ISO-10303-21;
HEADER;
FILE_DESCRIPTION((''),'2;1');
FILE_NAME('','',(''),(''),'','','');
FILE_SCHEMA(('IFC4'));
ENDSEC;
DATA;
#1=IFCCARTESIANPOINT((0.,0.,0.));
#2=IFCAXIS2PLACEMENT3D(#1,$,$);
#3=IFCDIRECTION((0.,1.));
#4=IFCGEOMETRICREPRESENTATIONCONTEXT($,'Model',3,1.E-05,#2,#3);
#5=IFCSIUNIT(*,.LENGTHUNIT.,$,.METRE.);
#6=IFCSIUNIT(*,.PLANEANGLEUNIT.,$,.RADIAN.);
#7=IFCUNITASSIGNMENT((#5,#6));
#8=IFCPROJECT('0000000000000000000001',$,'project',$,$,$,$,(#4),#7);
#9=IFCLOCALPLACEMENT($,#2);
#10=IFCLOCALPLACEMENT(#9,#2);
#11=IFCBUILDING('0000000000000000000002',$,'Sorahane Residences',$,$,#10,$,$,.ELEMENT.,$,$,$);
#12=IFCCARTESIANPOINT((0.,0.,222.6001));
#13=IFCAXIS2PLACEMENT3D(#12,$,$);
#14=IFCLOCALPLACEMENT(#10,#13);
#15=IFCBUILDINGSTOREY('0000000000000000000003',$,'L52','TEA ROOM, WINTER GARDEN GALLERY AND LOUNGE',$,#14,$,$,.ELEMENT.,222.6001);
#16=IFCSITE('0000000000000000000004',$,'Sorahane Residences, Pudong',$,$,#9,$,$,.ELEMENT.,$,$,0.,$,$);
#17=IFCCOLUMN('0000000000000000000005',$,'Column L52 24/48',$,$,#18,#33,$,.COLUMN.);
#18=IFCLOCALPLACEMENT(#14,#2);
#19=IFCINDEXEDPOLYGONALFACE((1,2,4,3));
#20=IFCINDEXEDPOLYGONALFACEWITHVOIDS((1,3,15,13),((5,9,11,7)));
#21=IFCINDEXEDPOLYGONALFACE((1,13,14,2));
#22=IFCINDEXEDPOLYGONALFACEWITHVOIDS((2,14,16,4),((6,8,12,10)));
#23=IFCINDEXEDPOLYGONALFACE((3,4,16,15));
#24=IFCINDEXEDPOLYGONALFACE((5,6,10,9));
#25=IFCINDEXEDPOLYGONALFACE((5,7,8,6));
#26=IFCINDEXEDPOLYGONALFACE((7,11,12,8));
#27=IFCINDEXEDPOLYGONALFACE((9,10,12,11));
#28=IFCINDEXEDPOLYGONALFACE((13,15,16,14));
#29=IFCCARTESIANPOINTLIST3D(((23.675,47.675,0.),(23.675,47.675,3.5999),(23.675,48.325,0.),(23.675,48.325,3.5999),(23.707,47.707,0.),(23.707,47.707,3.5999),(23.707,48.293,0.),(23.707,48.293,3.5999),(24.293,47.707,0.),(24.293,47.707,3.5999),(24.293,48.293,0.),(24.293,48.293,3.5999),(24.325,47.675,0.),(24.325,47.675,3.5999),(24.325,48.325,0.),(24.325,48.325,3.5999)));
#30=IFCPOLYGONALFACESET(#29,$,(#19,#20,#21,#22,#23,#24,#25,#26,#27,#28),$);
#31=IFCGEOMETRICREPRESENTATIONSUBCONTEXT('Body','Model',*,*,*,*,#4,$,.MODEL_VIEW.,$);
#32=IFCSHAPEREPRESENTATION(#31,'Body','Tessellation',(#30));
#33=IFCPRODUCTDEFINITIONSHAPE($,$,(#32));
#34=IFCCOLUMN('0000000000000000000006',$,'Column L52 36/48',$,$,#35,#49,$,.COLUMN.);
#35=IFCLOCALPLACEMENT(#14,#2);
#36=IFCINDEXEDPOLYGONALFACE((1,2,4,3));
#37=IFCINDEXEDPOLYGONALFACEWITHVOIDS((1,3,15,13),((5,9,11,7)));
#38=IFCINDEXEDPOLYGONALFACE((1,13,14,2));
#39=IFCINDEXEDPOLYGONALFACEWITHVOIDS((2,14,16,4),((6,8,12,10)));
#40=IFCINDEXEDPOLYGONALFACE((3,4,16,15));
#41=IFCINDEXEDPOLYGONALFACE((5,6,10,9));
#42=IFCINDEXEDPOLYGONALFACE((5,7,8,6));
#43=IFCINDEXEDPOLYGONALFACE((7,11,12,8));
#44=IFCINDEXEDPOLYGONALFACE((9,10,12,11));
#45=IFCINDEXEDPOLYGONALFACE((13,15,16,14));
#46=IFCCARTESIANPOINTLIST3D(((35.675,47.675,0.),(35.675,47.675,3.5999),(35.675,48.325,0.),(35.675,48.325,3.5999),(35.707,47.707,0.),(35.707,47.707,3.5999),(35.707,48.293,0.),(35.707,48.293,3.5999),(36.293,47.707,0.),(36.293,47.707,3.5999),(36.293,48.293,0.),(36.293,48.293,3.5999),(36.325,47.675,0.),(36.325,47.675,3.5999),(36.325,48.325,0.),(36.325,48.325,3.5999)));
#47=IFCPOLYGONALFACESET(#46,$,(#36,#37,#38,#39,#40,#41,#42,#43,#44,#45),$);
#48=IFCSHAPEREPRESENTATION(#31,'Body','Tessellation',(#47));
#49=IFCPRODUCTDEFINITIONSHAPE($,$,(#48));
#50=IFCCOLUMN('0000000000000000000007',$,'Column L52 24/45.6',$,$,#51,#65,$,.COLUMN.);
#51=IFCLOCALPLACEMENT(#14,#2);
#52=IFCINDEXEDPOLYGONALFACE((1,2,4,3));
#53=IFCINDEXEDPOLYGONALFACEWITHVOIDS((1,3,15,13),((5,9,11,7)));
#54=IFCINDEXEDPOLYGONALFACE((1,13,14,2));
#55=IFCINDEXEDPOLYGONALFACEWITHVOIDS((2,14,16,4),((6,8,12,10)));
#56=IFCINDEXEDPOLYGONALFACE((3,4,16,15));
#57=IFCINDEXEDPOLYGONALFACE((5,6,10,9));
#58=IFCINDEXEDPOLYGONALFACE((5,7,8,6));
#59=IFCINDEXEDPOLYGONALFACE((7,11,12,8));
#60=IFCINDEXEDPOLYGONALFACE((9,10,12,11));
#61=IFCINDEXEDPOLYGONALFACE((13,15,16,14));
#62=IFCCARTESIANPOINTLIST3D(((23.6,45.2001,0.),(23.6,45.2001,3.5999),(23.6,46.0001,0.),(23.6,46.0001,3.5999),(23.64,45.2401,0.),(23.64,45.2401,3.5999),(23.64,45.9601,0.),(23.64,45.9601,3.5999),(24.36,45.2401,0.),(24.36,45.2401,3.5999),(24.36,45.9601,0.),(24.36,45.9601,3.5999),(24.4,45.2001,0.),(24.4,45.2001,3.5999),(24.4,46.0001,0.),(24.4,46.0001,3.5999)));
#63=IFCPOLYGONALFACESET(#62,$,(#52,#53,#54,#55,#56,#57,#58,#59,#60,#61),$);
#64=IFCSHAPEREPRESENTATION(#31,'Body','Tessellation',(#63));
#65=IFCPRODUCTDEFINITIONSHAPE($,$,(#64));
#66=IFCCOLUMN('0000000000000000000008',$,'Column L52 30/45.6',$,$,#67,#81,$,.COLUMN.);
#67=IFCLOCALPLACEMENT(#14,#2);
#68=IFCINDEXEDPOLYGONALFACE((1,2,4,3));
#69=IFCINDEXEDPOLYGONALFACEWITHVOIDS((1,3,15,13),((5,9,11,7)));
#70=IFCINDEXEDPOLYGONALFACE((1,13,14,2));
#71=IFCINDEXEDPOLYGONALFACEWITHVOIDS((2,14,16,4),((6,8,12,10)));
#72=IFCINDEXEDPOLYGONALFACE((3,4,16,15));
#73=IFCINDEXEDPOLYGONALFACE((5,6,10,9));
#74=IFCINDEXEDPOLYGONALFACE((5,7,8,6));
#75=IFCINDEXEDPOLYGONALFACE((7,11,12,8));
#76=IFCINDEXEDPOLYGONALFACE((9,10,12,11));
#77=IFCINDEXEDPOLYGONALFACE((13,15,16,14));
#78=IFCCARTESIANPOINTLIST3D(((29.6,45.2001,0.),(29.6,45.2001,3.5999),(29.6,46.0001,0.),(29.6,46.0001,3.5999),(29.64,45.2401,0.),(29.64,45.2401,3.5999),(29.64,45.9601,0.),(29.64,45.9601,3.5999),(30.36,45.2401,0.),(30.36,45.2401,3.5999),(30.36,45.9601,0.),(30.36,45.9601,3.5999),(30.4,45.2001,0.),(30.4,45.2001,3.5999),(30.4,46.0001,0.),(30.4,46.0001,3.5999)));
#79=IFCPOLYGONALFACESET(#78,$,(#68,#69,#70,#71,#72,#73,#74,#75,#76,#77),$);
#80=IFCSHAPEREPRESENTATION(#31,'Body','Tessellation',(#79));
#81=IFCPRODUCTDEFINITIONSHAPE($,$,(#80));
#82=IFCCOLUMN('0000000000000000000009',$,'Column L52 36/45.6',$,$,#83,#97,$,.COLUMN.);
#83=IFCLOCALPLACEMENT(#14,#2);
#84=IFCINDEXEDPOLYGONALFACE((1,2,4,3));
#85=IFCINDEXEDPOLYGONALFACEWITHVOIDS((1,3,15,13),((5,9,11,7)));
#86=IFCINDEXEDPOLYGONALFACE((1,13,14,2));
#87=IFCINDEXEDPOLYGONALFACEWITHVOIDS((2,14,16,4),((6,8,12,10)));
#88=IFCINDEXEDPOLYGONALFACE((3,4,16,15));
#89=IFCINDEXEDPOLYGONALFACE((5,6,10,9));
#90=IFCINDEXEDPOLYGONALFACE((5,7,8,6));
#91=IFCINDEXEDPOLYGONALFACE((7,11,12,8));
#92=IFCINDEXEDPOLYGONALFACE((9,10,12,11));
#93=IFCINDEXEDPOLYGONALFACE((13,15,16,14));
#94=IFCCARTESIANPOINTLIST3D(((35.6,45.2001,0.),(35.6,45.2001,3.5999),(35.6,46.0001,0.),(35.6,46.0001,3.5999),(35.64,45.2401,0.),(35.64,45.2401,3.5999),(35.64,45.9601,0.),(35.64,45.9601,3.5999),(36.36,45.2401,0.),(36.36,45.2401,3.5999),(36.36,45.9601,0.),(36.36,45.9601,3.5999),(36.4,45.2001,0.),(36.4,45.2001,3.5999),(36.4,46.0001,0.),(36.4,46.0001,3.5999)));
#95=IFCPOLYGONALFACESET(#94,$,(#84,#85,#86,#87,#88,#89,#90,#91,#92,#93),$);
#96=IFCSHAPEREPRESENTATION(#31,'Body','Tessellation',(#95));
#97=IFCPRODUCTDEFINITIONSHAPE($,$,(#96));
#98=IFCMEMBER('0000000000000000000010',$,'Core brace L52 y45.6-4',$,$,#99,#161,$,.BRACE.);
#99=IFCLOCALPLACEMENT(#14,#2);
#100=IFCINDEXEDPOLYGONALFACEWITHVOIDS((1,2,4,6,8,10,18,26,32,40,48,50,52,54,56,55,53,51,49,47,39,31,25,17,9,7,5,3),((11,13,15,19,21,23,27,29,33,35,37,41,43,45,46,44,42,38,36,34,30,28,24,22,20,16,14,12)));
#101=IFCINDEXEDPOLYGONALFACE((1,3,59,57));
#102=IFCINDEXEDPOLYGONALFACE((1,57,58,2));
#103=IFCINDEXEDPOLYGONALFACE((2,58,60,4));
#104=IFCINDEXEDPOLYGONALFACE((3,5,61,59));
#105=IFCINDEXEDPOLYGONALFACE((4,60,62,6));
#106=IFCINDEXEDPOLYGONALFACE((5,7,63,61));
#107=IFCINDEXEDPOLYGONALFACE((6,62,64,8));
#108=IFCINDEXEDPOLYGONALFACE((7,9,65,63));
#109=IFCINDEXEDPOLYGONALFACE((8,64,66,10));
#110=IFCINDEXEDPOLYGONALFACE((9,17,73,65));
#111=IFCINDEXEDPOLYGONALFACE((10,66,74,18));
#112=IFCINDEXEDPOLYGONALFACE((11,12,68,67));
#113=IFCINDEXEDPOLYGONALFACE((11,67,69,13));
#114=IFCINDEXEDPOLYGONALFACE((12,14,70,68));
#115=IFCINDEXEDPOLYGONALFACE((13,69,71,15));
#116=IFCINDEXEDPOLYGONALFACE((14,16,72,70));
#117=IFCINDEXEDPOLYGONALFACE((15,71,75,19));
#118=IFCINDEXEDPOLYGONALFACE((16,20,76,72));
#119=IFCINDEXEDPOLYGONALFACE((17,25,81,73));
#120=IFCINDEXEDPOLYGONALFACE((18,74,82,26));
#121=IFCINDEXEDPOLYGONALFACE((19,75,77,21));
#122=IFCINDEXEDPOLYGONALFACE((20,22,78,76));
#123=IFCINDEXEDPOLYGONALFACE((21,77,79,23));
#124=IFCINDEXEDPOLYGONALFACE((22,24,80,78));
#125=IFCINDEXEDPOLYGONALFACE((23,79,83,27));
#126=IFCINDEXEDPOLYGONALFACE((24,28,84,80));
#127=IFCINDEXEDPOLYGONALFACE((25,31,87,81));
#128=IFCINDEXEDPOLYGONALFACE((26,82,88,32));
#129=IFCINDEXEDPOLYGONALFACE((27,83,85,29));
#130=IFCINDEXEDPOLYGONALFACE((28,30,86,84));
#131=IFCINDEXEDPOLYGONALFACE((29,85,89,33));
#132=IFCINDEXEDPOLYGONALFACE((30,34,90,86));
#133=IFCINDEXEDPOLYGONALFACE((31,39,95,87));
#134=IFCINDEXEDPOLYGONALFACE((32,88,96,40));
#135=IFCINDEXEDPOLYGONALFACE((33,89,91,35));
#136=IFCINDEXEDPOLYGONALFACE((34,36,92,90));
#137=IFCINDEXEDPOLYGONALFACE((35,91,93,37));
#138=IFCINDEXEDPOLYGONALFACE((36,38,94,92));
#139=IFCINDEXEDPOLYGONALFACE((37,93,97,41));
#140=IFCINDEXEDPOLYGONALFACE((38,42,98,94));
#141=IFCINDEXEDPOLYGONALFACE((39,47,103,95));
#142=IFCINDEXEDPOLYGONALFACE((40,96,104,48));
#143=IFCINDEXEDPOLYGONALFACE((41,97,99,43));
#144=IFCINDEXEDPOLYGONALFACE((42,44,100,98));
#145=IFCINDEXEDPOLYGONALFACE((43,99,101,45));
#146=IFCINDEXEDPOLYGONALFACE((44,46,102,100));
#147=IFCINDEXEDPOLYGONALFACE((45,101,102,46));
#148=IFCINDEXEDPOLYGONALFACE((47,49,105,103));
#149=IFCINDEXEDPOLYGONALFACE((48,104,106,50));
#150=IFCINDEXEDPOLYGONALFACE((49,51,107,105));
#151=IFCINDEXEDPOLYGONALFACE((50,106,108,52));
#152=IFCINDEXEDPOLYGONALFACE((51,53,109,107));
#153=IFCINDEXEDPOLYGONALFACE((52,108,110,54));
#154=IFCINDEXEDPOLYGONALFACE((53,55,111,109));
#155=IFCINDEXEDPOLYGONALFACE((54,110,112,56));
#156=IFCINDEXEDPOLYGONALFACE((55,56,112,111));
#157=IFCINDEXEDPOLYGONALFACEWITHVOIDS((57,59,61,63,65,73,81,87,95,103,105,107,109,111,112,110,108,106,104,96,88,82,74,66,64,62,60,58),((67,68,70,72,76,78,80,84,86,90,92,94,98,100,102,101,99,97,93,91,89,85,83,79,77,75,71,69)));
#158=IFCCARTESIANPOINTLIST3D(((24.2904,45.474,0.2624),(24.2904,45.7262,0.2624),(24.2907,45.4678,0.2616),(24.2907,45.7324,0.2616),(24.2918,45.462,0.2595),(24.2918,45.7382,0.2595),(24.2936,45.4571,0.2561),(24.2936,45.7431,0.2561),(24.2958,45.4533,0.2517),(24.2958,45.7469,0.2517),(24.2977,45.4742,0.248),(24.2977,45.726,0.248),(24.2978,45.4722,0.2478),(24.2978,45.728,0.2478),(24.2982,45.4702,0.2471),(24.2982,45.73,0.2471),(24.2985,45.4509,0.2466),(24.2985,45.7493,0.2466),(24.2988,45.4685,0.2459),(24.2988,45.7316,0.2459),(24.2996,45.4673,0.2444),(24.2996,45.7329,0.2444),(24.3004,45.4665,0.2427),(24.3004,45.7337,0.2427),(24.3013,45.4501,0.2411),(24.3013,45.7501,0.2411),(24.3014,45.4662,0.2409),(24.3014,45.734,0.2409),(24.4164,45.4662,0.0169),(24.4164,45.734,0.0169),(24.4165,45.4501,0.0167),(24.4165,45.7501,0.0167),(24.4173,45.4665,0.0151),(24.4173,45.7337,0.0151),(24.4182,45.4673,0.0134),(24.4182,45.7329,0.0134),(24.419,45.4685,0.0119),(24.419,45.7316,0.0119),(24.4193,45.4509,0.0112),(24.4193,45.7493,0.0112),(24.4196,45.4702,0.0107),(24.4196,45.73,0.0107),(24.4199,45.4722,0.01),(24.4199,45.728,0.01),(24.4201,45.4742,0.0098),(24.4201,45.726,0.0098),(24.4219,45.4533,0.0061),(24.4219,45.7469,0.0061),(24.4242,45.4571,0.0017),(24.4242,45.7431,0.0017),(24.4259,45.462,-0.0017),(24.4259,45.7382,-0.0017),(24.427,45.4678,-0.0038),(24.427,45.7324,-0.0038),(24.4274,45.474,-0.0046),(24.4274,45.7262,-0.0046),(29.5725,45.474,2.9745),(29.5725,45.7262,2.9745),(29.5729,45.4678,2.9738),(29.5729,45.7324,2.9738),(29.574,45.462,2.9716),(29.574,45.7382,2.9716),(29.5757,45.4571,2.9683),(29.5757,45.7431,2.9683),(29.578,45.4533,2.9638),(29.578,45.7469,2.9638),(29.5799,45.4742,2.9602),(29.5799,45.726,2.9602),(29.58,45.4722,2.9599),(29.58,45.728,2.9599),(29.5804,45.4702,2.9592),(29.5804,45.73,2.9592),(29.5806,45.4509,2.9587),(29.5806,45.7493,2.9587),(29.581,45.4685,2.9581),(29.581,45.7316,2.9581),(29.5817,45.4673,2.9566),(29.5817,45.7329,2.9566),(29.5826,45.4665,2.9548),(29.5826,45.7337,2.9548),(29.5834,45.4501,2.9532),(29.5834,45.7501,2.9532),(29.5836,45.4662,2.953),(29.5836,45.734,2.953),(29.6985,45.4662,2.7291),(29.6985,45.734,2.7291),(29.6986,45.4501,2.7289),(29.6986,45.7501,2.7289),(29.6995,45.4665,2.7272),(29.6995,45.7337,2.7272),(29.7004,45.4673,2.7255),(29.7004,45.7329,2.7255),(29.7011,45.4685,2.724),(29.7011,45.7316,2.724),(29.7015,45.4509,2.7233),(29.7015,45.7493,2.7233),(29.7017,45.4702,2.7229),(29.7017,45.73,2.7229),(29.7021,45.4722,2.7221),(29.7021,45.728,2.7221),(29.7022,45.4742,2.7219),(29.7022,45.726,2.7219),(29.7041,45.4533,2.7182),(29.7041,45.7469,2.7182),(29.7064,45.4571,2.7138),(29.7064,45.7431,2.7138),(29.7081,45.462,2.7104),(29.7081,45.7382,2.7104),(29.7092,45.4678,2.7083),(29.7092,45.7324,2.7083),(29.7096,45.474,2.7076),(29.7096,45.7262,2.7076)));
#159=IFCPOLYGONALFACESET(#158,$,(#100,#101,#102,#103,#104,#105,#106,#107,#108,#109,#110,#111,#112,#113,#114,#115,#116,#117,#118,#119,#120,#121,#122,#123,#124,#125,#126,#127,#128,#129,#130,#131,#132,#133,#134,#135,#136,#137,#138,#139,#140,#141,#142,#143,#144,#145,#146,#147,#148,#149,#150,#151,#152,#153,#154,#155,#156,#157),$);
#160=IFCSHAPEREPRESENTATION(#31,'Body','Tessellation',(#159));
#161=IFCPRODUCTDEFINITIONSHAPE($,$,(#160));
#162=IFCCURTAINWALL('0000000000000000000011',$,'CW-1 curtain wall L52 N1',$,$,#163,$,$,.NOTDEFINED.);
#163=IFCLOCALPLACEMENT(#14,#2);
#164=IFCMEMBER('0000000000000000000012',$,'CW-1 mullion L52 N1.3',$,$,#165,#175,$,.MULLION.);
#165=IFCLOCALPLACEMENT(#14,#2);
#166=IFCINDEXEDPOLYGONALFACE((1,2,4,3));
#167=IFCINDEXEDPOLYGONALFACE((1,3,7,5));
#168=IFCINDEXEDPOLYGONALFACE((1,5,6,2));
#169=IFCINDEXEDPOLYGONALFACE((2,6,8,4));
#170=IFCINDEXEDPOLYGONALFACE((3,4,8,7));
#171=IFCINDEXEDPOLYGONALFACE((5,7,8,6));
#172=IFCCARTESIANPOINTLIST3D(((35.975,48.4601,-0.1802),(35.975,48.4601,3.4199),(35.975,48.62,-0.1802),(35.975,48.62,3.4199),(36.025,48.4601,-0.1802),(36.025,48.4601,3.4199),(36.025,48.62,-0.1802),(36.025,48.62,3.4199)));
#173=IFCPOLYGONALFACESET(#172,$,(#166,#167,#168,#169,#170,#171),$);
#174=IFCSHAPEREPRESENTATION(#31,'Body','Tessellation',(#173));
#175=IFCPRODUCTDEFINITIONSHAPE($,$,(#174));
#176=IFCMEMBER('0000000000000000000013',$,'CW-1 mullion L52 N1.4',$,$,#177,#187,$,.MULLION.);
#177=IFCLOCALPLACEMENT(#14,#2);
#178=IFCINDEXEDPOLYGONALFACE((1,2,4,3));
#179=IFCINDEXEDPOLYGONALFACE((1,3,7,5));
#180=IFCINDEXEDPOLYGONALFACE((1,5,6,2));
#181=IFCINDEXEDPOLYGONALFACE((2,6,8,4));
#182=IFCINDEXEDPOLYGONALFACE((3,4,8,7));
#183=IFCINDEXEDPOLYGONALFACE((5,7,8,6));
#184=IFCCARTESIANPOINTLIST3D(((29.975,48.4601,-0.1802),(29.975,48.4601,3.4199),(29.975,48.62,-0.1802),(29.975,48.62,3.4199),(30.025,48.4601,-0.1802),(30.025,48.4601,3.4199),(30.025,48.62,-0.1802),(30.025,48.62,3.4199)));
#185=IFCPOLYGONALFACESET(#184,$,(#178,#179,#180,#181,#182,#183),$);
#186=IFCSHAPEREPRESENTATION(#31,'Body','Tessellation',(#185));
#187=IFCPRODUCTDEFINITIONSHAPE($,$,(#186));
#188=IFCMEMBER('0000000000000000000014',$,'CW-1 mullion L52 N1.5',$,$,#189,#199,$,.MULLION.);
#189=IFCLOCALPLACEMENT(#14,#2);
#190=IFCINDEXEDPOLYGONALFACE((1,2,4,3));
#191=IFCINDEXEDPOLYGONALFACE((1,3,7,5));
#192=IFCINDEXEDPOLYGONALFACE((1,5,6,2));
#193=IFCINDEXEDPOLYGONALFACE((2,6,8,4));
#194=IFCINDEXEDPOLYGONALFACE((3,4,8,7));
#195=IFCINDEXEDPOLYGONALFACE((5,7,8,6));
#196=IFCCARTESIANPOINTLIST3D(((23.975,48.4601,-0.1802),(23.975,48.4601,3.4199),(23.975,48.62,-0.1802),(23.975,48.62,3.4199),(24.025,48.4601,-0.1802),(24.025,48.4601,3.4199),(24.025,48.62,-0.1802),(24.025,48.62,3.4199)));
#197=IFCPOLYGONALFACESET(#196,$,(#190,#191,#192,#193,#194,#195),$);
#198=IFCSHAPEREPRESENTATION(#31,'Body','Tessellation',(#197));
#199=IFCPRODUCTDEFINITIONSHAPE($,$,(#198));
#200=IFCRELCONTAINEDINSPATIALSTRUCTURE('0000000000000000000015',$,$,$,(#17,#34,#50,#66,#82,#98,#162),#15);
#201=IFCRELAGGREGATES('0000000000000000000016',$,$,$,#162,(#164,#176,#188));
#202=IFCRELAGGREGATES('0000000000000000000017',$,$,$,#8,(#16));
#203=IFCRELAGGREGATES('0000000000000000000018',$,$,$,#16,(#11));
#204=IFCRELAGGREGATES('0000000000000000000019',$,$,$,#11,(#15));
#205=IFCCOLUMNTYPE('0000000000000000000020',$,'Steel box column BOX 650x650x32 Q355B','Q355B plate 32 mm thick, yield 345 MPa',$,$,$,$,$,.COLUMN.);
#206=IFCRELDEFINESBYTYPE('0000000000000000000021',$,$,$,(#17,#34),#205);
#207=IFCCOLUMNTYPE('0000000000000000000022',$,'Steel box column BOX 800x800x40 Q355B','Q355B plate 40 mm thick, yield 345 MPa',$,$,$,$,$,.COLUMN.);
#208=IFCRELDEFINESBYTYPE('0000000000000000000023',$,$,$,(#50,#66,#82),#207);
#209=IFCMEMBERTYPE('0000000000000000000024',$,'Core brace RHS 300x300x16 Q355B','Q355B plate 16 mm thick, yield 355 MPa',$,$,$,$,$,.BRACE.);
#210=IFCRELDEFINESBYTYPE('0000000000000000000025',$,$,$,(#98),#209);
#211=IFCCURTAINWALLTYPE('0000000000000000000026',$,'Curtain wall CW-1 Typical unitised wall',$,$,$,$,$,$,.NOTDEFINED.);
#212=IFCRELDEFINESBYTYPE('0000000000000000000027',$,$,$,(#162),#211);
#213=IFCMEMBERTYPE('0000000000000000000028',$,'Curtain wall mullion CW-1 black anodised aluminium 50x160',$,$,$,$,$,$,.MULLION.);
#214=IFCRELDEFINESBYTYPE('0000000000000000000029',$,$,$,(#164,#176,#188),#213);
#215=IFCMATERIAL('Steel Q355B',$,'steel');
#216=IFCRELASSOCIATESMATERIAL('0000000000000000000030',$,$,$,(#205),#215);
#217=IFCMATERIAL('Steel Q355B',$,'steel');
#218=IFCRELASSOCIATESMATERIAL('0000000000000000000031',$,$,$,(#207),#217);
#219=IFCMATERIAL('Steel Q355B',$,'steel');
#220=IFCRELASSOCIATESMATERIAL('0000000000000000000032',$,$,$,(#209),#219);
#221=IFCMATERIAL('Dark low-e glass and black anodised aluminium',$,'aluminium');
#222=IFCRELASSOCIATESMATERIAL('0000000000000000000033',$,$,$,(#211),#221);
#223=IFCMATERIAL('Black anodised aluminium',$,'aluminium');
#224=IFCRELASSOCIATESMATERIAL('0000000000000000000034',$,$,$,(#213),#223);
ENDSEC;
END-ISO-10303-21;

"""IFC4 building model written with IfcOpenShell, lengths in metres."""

from ifc_helpers import new_model, si_unit, direction, frame, origin, origin_2d, place, context, subcontext, project, spatial, rectangle, hollow_rectangle, extrude, material, material_profile, profile_set, type_object, element, aggregate, save


model = new_model("IFC4")

# Units and contexts
model_context = context("Model", 3, precision=1e-05, world=origin(), true_north=direction((0.0, 1.0)))
body_context = subcontext(model_context, "Body", "Model", "MODEL_VIEW")
ifc_project = project(units=[si_unit("LENGTHUNIT", "METRE"), si_unit("PLANEANGLEUNIT", "RADIAN")], contexts=[model_context])

# Site, building, storey
site_placement = place(None, origin())
site = spatial("IfcSite", under=ifc_project, at=site_placement, Name="Sorahane Residences, Pudong", CompositionType="ELEMENT", RefElevation=0.0)
building_placement = place(site_placement, origin())
building = spatial("IfcBuilding", under=site, at=building_placement, Name="Sorahane Residences", CompositionType="ELEMENT")
storey_placement = place(building_placement, frame((0.0, 0.0, 222.6001)))
storey = spatial("IfcBuildingStorey", under=building, at=storey_placement, Name="L52", Description="TEA ROOM, WINTER GARDEN GALLERY AND LOUNGE", CompositionType="ELEMENT", Elevation=222.6001)

# Columns
ifc_material_1 = material(Name="Steel Q355B", Category="steel")
ifc_material_profile_1 = material_profile(ifc_material_1, hollow_rectangle(XDim=0.6499, YDim=0.6499, WallThickness=0.032, at=origin_2d()), Name="BOX 650x650x32")
ifc_profile_set_1 = profile_set([ifc_material_profile_1], Name="Steel Q355B")
column_type_1 = type_object("IfcColumnType", Name="Steel box column BOX 650x650x32 Q355B", Description="Q355B plate 32 mm thick, yield 345 MPa", PredefinedType="COLUMN", material=ifc_profile_set_1)
for number, where, z_axis, x_axis, name in (
    (1, (24.0, 48.0, 0.0), (0.0, 0.0, 1.0), (1.0, 0.0, 0.0), "Column L52 24/48"),
    (2, (36.0, 48.0, 0.0), (0.0, 0.0, 1.0), (1.0, 0.0, 0.0), "Column L52 36/48"),
):
    element("IfcColumn", number, at=place(storey_placement, frame(where, z_axis=z_axis, x_axis=x_axis)), inside=storey, type_object=column_type_1, Name=name, PredefinedType="COLUMN", context=body_context, shape_type="SweptSolid", body=[
        extrude(hollow_rectangle(XDim=0.6499, YDim=0.6499, WallThickness=0.032, at=origin_2d()), origin(), (0.0, 0.0, 1.0), 3.5999),
    ])
ifc_material_2 = material(Name="Steel Q355B", Category="steel")
ifc_material_profile_2 = material_profile(ifc_material_2, hollow_rectangle(XDim=0.8, YDim=0.8, WallThickness=0.04, at=origin_2d()), Name="BOX 800x800x40")
ifc_profile_set_2 = profile_set([ifc_material_profile_2], Name="Steel Q355B")
column_type_2 = type_object("IfcColumnType", Name="Steel box column BOX 800x800x40 Q355B", Description="Q355B plate 40 mm thick, yield 345 MPa", PredefinedType="COLUMN", material=ifc_profile_set_2)
for number, where, z_axis, x_axis, name in (
    (3, (24.0, 45.6001, 0.0), (0.0, 0.0, 1.0), (1.0, 0.0, 0.0), "Column L52 24/45.6"),
    (4, (30.0, 45.6001, 0.0), (0.0, 0.0, 1.0), (1.0, 0.0, 0.0), "Column L52 30/45.6"),
    (5, (36.0, 45.6001, 0.0), (0.0, 0.0, 1.0), (1.0, 0.0, 0.0), "Column L52 36/45.6"),
):
    element("IfcColumn", number, at=place(storey_placement, frame(where, z_axis=z_axis, x_axis=x_axis)), inside=storey, type_object=column_type_2, Name=name, PredefinedType="COLUMN", context=body_context, shape_type="SweptSolid", body=[
        extrude(hollow_rectangle(XDim=0.8, YDim=0.8, WallThickness=0.04, at=origin_2d()), origin(), (0.0, 0.0, 1.0), 3.5999),
    ])

# Member
ifc_material_3 = material(Name="Steel Q355B", Category="steel")
ifc_material_profile_3 = material_profile(ifc_material_3, hollow_rectangle(XDim=0.3, YDim=0.3, WallThickness=0.0161, InnerFilletRadius=0.0081, OuterFilletRadius=0.0239, at=origin_2d()), Name="RHS 300x300x16")
ifc_profile_set_3 = profile_set([ifc_material_profile_3], Name="Steel Q355B")
member_type_1 = type_object("IfcMemberType", Name="Core brace RHS 300x300x16 Q355B", Description="Q355B plate 16 mm thick, yield 355 MPa", PredefinedType="BRACE", material=ifc_profile_set_3)
member_1_placement = place(storey_placement, frame((24.3589, 45.6001, 0.1289), z_axis=(0.88959, 0.0, 0.45676), x_axis=(0.0, 1.0, 0.0)))
element("IfcMember", 6, at=member_1_placement, inside=storey, type_object=member_type_1, Name="Core brace L52 y45.6-4", PredefinedType="BRACE", context=body_context, shape_type="SweptSolid", body=[
    extrude(hollow_rectangle(XDim=0.3, YDim=0.3, WallThickness=0.0161, InnerFilletRadius=0.0081, OuterFilletRadius=0.0239, at=origin_2d()), origin(), (0.0, 0.0, 1.0), 5.9377),
])

# Curtain wall, members
ifc_material_4 = material(Name="Dark low-e glass and black anodised aluminium", Category="aluminium")
curtain_wall_type = type_object("IfcCurtainWallType", Name="Curtain wall CW-1 Typical unitised wall", PredefinedType="NOTDEFINED", material=ifc_material_4)
curtain_wall_placement = place(storey_placement, origin())
curtain_wall = element("IfcCurtainWall", 7, at=curtain_wall_placement, inside=storey, type_object=curtain_wall_type, Name="CW-1 curtain wall L52 N1", PredefinedType="NOTDEFINED")
ifc_material_5 = material(Name="Black anodised aluminium", Category="aluminium")
ifc_material_profile_4 = material_profile(ifc_material_5, rectangle(XDim=0.1599, YDim=0.05, at=origin_2d()), Name="Curtain wall mullion CW-1 black anodised aluminium 50x160")
ifc_profile_set_4 = profile_set([ifc_material_profile_4], Name="Black anodised aluminium")
member_type_2 = type_object("IfcMemberType", Name="Curtain wall mullion CW-1 black anodised aluminium 50x160", PredefinedType="MULLION", material=ifc_profile_set_4)
member_2_placement = place(storey_placement, frame((36.0, 48.54, -0.1802), z_axis=(0.0, 0.0, 1.0), x_axis=(0.0, 1.0, 0.0)))
member_2 = element("IfcMember", 8, at=member_2_placement, type_object=member_type_2, Name="CW-1 mullion L52 N1.3", PredefinedType="MULLION", context=body_context, shape_type="SweptSolid", body=[
    extrude(rectangle(XDim=0.1599, YDim=0.05, at=origin_2d()), origin(), (0.0, 0.0, 1.0), 3.6001),
])
member_3_placement = place(storey_placement, frame((30.0, 48.54, -0.1802), z_axis=(0.0, 0.0, 1.0), x_axis=(0.0, 1.0, 0.0)))
member_3 = element("IfcMember", 9, at=member_3_placement, type_object=member_type_2, Name="CW-1 mullion L52 N1.4", PredefinedType="MULLION", context=body_context, shape_type="SweptSolid", body=[
    extrude(rectangle(XDim=0.1599, YDim=0.05, at=origin_2d()), origin(), (0.0, 0.0, 1.0), 3.6001),
])
member_4_placement = place(storey_placement, frame((24.0, 48.54, -0.1802), z_axis=(0.0, 0.0, 1.0), x_axis=(0.0, 1.0, 0.0)))
member_4 = element("IfcMember", 10, at=member_4_placement, type_object=member_type_2, Name="CW-1 mullion L52 N1.5", PredefinedType="MULLION", context=body_context, shape_type="SweptSolid", body=[
    extrude(rectangle(XDim=0.1599, YDim=0.05, at=origin_2d()), origin(), (0.0, 0.0, 1.0), 3.6001),
])

aggregate(curtain_wall, [member_2, member_3, member_4])

save(model, "model.ifc")
